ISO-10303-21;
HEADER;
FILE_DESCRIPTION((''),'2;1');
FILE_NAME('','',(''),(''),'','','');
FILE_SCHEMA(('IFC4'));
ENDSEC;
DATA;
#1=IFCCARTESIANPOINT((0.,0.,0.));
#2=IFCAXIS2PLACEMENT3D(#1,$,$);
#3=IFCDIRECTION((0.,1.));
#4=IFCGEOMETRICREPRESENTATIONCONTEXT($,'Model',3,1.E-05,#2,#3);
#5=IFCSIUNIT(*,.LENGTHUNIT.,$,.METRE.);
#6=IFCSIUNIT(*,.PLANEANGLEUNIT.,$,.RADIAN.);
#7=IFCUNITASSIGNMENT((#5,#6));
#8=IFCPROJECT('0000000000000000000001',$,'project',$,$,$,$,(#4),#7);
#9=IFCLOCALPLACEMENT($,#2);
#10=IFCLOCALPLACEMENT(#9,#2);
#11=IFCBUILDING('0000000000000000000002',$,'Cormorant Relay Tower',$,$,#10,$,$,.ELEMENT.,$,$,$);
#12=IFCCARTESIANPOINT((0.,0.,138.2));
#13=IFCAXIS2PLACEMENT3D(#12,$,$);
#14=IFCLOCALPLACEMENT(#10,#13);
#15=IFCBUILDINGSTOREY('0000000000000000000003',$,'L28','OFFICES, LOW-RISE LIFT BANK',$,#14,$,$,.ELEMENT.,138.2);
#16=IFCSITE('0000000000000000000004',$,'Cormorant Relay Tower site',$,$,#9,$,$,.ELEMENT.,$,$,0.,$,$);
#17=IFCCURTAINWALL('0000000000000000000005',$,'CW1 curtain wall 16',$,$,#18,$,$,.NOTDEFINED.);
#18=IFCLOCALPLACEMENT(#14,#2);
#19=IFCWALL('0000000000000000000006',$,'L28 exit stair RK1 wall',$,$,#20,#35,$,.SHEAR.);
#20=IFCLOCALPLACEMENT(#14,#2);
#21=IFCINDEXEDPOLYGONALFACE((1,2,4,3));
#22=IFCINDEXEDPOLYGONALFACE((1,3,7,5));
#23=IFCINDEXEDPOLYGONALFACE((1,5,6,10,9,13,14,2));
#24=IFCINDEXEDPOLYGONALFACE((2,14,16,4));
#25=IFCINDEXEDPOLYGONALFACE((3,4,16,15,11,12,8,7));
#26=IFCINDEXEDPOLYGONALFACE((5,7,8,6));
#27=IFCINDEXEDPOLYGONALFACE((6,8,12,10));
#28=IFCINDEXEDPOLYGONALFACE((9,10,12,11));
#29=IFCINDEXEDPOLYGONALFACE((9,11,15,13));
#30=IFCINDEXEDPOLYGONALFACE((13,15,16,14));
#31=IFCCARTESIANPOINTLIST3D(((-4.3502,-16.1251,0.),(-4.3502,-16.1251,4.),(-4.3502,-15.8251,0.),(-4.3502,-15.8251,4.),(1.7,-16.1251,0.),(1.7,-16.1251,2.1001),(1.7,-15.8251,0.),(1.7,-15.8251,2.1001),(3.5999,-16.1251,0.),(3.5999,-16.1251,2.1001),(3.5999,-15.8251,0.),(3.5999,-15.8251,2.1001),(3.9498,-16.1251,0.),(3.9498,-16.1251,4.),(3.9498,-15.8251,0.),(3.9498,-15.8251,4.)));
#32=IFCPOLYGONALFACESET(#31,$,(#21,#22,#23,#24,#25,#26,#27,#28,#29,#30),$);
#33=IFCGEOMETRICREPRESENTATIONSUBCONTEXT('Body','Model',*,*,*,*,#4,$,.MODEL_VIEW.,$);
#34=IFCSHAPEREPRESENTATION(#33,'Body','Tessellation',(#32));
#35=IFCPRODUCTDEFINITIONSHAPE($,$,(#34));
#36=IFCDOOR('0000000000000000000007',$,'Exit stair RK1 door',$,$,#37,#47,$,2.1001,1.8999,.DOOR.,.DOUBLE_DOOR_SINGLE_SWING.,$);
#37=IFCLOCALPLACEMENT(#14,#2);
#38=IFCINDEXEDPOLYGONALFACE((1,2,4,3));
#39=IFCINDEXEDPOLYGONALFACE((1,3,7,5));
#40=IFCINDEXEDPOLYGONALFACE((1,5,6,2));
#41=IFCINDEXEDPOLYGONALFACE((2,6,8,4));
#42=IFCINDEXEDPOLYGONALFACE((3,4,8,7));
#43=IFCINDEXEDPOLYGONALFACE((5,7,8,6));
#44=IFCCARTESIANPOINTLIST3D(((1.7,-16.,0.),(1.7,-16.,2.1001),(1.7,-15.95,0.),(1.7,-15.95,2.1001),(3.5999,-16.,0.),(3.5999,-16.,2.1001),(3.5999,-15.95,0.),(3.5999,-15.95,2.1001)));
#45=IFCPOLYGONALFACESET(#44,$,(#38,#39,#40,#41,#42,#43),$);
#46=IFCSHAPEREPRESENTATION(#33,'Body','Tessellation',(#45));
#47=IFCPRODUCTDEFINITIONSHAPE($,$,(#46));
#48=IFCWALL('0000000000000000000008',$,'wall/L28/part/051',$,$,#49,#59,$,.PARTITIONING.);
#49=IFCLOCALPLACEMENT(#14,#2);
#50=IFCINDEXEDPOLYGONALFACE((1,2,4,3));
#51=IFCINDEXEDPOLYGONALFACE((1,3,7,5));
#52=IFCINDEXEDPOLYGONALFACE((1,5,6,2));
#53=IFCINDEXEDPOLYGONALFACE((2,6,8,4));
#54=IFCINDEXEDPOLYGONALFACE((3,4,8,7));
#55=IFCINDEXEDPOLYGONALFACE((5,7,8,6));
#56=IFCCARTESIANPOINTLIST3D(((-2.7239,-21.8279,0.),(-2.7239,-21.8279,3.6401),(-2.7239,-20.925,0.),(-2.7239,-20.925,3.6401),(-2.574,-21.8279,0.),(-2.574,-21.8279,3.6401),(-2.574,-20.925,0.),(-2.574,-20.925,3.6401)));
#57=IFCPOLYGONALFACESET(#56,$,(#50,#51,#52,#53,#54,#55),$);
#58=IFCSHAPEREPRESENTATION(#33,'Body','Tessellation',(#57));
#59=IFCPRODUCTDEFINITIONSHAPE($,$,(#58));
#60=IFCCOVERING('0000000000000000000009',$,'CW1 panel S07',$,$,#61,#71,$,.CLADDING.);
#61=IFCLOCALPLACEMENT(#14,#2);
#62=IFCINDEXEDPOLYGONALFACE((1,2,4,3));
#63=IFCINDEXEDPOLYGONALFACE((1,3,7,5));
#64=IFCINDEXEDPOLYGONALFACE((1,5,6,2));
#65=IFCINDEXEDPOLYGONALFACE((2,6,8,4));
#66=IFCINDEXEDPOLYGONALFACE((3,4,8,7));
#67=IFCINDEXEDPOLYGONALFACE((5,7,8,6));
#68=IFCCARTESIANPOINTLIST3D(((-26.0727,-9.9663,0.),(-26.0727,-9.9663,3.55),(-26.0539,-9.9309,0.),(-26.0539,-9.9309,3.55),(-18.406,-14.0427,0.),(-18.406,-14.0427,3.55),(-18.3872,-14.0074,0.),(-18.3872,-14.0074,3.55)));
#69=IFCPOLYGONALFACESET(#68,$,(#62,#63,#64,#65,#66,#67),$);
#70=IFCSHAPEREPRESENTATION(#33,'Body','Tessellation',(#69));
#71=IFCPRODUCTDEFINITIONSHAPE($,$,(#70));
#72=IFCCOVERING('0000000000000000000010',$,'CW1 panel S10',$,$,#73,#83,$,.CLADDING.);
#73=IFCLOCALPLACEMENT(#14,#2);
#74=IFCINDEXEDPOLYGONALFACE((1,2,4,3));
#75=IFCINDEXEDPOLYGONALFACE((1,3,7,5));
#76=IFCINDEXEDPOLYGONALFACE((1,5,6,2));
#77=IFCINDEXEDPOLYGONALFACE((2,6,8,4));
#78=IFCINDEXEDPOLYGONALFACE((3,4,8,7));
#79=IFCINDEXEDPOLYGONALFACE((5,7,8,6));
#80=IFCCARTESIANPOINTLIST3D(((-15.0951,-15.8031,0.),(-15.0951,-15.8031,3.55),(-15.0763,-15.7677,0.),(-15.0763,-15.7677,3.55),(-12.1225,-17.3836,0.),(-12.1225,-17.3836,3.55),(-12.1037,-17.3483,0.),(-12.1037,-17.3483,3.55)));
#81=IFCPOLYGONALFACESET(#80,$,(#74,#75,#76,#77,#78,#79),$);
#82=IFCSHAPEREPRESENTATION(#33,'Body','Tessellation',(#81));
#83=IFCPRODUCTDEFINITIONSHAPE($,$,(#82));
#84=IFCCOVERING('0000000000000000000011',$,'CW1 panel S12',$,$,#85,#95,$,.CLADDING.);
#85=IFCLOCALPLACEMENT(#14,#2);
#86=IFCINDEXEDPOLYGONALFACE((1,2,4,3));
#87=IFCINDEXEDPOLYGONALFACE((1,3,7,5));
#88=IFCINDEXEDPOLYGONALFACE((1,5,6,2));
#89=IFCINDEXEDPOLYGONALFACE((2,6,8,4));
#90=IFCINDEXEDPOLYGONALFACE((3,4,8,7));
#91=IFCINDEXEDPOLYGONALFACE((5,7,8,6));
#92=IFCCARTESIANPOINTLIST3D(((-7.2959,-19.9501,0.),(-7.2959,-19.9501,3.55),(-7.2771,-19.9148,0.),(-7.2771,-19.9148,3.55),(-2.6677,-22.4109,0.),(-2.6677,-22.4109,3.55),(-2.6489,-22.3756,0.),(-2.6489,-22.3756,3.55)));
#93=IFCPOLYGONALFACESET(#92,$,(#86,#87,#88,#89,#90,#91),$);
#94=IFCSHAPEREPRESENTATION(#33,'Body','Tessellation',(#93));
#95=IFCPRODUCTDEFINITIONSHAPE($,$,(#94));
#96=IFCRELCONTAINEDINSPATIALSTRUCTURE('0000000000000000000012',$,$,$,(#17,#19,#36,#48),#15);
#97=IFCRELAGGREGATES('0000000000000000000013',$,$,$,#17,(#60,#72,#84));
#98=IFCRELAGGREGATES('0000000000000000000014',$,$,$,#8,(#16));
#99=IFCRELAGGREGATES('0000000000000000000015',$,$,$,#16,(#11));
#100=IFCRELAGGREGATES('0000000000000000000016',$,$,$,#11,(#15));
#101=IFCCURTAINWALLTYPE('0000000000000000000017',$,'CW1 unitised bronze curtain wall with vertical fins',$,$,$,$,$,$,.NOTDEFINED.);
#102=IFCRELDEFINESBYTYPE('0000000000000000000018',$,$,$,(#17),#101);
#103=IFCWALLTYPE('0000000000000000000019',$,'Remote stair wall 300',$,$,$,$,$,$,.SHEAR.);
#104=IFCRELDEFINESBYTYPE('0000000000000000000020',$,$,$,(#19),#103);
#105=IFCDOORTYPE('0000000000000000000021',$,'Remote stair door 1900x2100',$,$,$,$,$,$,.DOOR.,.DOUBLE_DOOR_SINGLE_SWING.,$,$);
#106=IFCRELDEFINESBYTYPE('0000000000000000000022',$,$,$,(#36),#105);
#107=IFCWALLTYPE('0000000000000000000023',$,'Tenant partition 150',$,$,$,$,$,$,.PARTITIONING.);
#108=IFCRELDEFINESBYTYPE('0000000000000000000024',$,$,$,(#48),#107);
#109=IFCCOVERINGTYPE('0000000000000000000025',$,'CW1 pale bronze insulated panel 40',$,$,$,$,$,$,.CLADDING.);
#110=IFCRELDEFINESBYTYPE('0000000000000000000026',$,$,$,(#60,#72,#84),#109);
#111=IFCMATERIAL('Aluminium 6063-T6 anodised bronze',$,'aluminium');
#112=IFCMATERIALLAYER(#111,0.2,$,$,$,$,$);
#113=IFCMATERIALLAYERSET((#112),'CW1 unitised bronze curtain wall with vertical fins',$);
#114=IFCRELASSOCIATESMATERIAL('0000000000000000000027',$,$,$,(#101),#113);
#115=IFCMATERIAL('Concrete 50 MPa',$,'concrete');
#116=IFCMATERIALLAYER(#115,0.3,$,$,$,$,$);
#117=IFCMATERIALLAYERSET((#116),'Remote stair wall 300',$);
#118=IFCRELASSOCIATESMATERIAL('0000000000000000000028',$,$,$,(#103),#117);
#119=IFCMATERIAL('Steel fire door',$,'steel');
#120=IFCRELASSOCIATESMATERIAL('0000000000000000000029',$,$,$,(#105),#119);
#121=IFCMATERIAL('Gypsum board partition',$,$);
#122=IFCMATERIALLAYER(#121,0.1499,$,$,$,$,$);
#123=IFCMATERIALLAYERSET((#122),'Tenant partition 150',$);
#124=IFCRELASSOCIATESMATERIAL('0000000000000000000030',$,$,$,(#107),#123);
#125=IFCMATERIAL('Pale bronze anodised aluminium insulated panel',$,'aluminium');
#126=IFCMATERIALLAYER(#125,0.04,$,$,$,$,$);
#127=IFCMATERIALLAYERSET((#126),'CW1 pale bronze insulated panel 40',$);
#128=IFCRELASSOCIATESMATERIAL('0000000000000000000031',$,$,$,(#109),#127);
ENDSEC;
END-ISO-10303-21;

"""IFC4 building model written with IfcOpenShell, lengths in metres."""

from ifc_helpers import new_model, si_unit, direction, frame, frame_2d, origin, origin_2d, place, context, subcontext, project, spatial, rectangle, extrude, material, layer, layer_set, type_object, element, fill, aggregate, save


model = new_model("IFC4")

# Units and contexts
model_context = context("Model", 3, precision=1e-05, world=origin(), true_north=direction((0.0, 1.0)))
body_context = subcontext(model_context, "Body", "Model", "MODEL_VIEW")
ifc_project = project(units=[si_unit("LENGTHUNIT", "METRE"), si_unit("PLANEANGLEUNIT", "RADIAN")], contexts=[model_context])

# Site, building, storey
site_placement = place(None, origin())
site = spatial("IfcSite", under=ifc_project, at=site_placement, Name="Cormorant Relay Tower site", CompositionType="ELEMENT", RefElevation=0.0)
building_placement = place(site_placement, origin())
building = spatial("IfcBuilding", under=site, at=building_placement, Name="Cormorant Relay Tower", CompositionType="ELEMENT")
storey_placement = place(building_placement, frame((0.0, 0.0, 138.2)))
storey = spatial("IfcBuildingStorey", under=building, at=storey_placement, Name="L28", Description="OFFICES, LOW-RISE LIFT BANK", CompositionType="ELEMENT", Elevation=138.2)

# Shared definitions
ifc_material_1 = material(Name="Aluminium 6063-T6 anodised bronze", Category="aluminium")
ifc_layer_1 = layer(ifc_material_1, 0.2)
ifc_layer_set_1 = layer_set([ifc_layer_1], Name="CW1 unitised bronze curtain wall with vertical fins")
curtain_wall_type = type_object("IfcCurtainWallType", Name="CW1 unitised bronze curtain wall with vertical fins", PredefinedType="NOTDEFINED", material=ifc_layer_set_1)

# Curtain wall
curtain_wall_1_placement = place(storey_placement, origin())
curtain_wall_1 = element("IfcCurtainWall", 1, at=curtain_wall_1_placement, inside=storey, type_object=curtain_wall_type, Name="CW1 curtain wall 16", PredefinedType="NOTDEFINED")

# Shared definitions
ifc_material_2 = material(Name="Concrete 50 MPa", Category="concrete")
ifc_layer_2 = layer(ifc_material_2, 0.3)
ifc_layer_set_2 = layer_set([ifc_layer_2], Name="Remote stair wall 300")
wall_type_1 = type_object("IfcWallType", Name="Remote stair wall 300", PredefinedType="SHEAR", material=ifc_layer_set_2)

# Wall, opening, door
wall_1_placement = place(storey_placement, frame((-4.3501, -15.9751, 0.0), z_axis=(0.0, 0.0, 1.0), x_axis=(1.0, 0.0, 0.0)))
wall_1 = element("IfcWall", 2, at=wall_1_placement, inside=storey, type_object=wall_type_1, Name="L28 exit stair RK1 wall", PredefinedType="SHEAR", context=body_context, shape_type="SweptSolid", body=[
    extrude(rectangle(XDim=8.3, YDim=0.3, at=frame_2d((4.1499, 0.0))), origin(), (0.0, 0.0, 1.0), 4.0),
])
opening_placement = place(wall_1_placement, frame((6.05, 0.0, 0.0)))
opening = element("IfcOpeningElement", 3, at=opening_placement, cuts=wall_1, PredefinedType="OPENING", context=body_context, shape_type="SweptSolid", body=[
    extrude(rectangle(XDim=1.8999, YDim=2.1001, at=frame_2d((0.95, 1.05))), frame((0.0, 0.1599, 0.0), z_axis=(0.0, -1.0, 0.0), x_axis=(1.0, 0.0, 0.0)), (0.0, 0.0, 1.0), 0.3201),
])
ifc_material_3 = material(Name="Steel fire door", Category="steel")
door_type = type_object("IfcDoorType", Name="Remote stair door 1900x2100", OperationType="DOUBLE_DOOR_SINGLE_SWING", PredefinedType="DOOR", material=ifc_material_3)
door_placement = place(opening_placement, frame((1.8999, 0.0, 0.0), z_axis=(0.0, 0.0, 1.0), x_axis=(-1.0, 0.0, 0.0)))
door = element("IfcDoor", 4, at=door_placement, inside=storey, type_object=door_type, Name="Exit stair RK1 door", OperationType="DOUBLE_DOOR_SINGLE_SWING", OverallHeight=2.1001, OverallWidth=1.8999, PredefinedType="DOOR", context=body_context, shape_type="SweptSolid", body=[
    extrude(rectangle(XDim=1.8999, YDim=2.1001, at=frame_2d((0.95, 1.05))), frame((0.0, 0.0249, 0.0), z_axis=(0.0, -1.0, 0.0), x_axis=(1.0, 0.0, 0.0)), (0.0, 0.0, 1.0), 0.05),
])
fill(opening, door)

# Wall
ifc_material_4 = material(Name="Gypsum board partition")
ifc_layer_3 = layer(ifc_material_4, 0.1499)
ifc_layer_set_3 = layer_set([ifc_layer_3], Name="Tenant partition 150")
wall_type_2 = type_object("IfcWallType", Name="Tenant partition 150", PredefinedType="PARTITIONING", material=ifc_layer_set_3)
wall_2_placement = place(storey_placement, frame((-2.6489, -20.925, 0.0), z_axis=(0.0, 0.0, 1.0), x_axis=(0.0, -1.0, 0.0)))
element("IfcWall", 5, at=wall_2_placement, inside=storey, type_object=wall_type_2, Name="wall/L28/part/051", PredefinedType="PARTITIONING", context=body_context, shape_type="SweptSolid", body=[
    extrude(rectangle(XDim=0.9028, YDim=0.1499, at=frame_2d((0.4514, 0.0))), origin(), (0.0, 0.0, 1.0), 3.6401),
])

# Coverings
ifc_material_5 = material(Name="Pale bronze anodised aluminium insulated panel", Category="aluminium")
ifc_layer_4 = layer(ifc_material_5, 0.04)
ifc_layer_set_4 = layer_set([ifc_layer_4], Name="CW1 pale bronze insulated panel 40")
covering_type = type_object("IfcCoveringType", Name="CW1 pale bronze insulated panel 40", PredefinedType="CLADDING", material=ifc_layer_set_4)
covering_1_placement = place(storey_placement, frame((-22.23, -11.9868, 0.0), z_axis=(0.0, 0.0, 1.0), x_axis=(0.882948, -0.469472, 0.0)))
covering_1 = element("IfcCovering", 6, at=covering_1_placement, type_object=covering_type, Name="CW1 panel S07", PredefinedType="CLADDING", context=body_context, shape_type="SweptSolid", body=[
    extrude(rectangle(XDim=8.6831, YDim=0.04, at=origin_2d()), origin(), (0.0, 0.0, 1.0), 3.55),
])
covering_2_placement = place(storey_placement, frame((-13.5994, -16.5757, 0.0), z_axis=(0.0, 0.0, 1.0), x_axis=(0.882948, -0.469472, 0.0)))
covering_2 = element("IfcCovering", 7, at=covering_2_placement, type_object=covering_type, Name="CW1 panel S10", PredefinedType="CLADDING", context=body_context, shape_type="SweptSolid", body=[
    extrude(rectangle(XDim=3.3667, YDim=0.04, at=origin_2d()), origin(), (0.0, 0.0, 1.0), 3.55),
])
covering_3_placement = place(storey_placement, frame((-4.9724, -21.1628, 0.0), z_axis=(0.0, 0.0, 1.0), x_axis=(0.882948, -0.469472, 0.0)))
covering_3 = element("IfcCovering", 8, at=covering_3_placement, type_object=covering_type, Name="CW1 panel S12", PredefinedType="CLADDING", context=body_context, shape_type="SweptSolid", body=[
    extrude(rectangle(XDim=5.2417, YDim=0.04, at=origin_2d()), origin(), (0.0, 0.0, 1.0), 3.55),
])
aggregate(curtain_wall_1, [covering_1, covering_2, covering_3])

save(model, "model.ifc")
